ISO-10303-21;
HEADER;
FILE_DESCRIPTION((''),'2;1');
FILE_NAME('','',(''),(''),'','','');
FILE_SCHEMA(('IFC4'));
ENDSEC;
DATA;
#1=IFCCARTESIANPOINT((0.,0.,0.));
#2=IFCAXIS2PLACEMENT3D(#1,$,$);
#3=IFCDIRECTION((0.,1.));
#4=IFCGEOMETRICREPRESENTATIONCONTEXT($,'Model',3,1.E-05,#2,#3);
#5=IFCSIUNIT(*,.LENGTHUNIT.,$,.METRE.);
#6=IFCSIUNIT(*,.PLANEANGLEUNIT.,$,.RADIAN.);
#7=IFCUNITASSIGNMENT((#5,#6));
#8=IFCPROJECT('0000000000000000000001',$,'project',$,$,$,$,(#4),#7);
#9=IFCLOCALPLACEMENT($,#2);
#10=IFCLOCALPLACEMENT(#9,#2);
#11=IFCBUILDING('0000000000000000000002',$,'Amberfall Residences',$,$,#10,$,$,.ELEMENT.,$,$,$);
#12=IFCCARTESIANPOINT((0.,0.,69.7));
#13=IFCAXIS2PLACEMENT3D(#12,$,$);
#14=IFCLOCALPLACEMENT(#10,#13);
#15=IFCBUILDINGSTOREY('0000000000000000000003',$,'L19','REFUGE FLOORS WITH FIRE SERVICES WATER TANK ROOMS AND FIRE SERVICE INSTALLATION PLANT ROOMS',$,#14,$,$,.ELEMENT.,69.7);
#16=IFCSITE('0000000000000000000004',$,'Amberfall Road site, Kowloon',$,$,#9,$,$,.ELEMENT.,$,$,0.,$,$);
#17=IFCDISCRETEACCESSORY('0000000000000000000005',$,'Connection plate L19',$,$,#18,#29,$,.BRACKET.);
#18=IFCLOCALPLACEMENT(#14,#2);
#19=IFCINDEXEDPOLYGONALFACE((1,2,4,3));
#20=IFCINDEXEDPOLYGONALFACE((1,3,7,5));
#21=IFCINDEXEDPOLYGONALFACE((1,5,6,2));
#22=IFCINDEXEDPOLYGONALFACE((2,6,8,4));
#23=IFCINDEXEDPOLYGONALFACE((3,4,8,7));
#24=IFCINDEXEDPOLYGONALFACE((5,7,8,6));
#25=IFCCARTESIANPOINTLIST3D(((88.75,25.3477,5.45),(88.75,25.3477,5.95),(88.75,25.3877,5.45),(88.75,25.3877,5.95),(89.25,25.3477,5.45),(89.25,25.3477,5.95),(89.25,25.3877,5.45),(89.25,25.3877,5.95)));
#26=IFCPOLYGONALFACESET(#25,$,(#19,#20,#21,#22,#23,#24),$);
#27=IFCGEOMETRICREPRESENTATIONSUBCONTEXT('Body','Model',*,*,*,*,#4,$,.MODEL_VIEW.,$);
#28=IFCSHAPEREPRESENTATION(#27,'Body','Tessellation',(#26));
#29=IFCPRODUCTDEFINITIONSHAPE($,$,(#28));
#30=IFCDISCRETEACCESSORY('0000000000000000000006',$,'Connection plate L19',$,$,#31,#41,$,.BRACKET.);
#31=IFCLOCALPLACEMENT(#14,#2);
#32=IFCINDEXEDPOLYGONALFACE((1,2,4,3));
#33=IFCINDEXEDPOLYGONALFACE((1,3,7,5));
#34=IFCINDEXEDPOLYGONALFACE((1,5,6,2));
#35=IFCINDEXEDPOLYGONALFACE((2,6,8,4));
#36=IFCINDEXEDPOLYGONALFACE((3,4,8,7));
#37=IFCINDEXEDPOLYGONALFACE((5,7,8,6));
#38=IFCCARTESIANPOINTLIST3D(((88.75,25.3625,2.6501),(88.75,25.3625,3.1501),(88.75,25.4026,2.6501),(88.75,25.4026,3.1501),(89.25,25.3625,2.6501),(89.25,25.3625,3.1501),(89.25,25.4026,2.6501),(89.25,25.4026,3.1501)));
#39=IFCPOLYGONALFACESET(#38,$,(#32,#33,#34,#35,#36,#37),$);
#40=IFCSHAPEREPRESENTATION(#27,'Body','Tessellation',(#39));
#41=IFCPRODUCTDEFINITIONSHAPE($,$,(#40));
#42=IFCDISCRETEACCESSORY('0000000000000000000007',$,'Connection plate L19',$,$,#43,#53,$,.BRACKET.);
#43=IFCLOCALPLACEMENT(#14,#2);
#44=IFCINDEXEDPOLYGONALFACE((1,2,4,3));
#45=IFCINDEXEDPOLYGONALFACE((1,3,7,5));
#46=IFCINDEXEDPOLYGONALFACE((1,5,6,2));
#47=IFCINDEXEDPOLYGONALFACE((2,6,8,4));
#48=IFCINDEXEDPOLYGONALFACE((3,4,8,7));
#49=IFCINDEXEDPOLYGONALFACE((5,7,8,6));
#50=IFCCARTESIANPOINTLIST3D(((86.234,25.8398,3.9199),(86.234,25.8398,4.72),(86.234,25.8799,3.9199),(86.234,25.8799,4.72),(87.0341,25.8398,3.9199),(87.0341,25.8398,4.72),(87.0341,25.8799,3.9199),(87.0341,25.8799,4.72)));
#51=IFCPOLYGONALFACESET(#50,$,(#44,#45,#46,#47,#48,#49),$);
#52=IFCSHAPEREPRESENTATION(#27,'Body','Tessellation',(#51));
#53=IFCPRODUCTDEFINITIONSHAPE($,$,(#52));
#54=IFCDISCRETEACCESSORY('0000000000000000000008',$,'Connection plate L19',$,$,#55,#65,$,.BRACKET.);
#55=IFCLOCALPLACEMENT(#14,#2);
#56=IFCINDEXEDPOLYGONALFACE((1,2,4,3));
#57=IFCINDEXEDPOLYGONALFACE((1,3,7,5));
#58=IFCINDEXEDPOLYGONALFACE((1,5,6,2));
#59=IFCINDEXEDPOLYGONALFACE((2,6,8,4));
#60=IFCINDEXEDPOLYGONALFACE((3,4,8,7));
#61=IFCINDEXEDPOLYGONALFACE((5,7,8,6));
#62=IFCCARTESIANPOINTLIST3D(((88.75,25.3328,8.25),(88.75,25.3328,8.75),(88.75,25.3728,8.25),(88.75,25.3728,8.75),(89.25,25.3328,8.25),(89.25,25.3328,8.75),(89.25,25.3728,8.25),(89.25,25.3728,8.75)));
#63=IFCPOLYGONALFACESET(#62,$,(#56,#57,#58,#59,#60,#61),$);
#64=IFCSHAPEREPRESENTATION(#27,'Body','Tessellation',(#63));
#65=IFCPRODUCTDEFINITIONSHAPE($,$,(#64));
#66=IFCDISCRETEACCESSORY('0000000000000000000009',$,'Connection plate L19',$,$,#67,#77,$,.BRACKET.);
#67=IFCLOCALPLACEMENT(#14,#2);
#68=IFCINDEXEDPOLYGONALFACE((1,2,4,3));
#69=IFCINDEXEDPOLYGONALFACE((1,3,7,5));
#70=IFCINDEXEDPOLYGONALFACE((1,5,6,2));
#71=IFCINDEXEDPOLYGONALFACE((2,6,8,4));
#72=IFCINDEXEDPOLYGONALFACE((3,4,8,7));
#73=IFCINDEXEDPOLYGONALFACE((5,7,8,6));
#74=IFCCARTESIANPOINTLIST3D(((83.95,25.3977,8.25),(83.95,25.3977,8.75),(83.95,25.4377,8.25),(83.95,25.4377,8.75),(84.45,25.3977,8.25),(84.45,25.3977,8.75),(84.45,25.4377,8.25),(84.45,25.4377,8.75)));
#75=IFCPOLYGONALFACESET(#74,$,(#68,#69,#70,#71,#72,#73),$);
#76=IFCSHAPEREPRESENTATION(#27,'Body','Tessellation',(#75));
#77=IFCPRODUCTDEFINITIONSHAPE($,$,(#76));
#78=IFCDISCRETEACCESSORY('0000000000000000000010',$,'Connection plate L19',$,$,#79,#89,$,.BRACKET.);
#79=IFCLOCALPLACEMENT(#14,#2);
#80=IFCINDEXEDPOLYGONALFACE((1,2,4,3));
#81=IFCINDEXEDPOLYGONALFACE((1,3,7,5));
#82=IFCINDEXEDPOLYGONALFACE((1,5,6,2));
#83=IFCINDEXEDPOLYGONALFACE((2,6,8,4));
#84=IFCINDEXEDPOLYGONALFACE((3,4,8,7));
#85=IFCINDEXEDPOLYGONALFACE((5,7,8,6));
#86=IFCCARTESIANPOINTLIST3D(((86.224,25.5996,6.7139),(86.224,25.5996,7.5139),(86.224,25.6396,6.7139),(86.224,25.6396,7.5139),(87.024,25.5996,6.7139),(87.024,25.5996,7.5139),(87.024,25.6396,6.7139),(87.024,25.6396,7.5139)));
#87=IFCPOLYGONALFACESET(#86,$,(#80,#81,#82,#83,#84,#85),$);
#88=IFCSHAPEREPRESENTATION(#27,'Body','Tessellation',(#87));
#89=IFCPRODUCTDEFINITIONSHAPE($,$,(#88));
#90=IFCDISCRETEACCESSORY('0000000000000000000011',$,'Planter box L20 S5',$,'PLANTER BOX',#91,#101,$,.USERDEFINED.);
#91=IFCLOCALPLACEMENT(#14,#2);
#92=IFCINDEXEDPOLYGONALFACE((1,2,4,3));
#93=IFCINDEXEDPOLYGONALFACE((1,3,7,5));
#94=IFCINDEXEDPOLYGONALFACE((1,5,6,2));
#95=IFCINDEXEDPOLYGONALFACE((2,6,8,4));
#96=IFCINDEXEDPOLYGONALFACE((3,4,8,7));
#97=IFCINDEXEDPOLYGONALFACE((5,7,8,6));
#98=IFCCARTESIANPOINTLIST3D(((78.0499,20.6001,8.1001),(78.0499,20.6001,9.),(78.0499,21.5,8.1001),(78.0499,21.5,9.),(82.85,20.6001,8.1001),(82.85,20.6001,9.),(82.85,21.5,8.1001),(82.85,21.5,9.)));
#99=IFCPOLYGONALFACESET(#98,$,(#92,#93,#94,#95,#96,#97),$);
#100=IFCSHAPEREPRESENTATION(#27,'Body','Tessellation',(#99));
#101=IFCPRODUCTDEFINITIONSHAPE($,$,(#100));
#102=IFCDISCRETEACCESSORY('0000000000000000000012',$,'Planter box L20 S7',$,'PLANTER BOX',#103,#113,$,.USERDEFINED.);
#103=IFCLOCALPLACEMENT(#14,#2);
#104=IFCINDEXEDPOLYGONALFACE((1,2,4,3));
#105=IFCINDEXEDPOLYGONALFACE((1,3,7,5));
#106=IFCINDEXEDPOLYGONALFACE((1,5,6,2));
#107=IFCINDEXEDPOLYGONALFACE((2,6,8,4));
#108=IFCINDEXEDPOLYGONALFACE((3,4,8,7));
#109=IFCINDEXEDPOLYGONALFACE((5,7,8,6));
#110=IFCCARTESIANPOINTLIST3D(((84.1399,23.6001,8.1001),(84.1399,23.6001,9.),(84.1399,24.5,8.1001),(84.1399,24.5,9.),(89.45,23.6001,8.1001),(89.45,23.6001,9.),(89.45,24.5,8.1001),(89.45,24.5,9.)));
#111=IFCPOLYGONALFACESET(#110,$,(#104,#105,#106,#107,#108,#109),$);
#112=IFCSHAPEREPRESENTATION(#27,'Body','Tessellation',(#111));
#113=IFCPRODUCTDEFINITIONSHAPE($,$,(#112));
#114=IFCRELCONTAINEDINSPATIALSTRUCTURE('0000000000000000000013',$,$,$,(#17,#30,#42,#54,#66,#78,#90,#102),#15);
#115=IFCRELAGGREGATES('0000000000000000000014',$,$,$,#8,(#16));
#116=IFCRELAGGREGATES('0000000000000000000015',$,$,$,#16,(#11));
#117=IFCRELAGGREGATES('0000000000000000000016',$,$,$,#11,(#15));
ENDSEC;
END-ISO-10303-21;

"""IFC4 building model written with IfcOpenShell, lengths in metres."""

from ifc_helpers import new_model, si_unit, direction, frame, origin, origin_2d, place, context, subcontext, project, spatial, rectangle, extrude, element, save


model = new_model("IFC4")

# Units and contexts
model_context = context("Model", 3, precision=1e-05, world=origin(), true_north=direction((0.0, 1.0)))
body_context = subcontext(model_context, "Body", "Model", "MODEL_VIEW")
ifc_project = project(units=[si_unit("LENGTHUNIT", "METRE"), si_unit("PLANEANGLEUNIT", "RADIAN")], contexts=[model_context])

# Site, building, storey
site_placement = place(None, origin())
site = spatial("IfcSite", under=ifc_project, at=site_placement, Name="Amberfall Road site, Kowloon", CompositionType="ELEMENT", RefElevation=0.0)
building_placement = place(site_placement, origin())
building = spatial("IfcBuilding", under=site, at=building_placement, Name="Amberfall Residences", CompositionType="ELEMENT")
storey_placement = place(building_placement, frame((0.0, 0.0, 69.7)))
storey = spatial("IfcBuildingStorey", under=building, at=storey_placement, Name="L19", Description="REFUGE FLOORS WITH FIRE SERVICES WATER TANK ROOMS AND FIRE SERVICE INSTALLATION PLANT ROOMS", CompositionType="ELEMENT", Elevation=69.7)

# Discrete accessories
for number, where, z_axis, x_axis, name in (
    (1, (89.0, 25.3677, 5.45), (0.0, 0.0, 1.0), (1.0, 0.0, 0.0), "Connection plate L19"),
    (2, (89.0, 25.3826, 2.6501), (0.0, 0.0, 1.0), (1.0, 0.0, 0.0), "Connection plate L19"),
):
    element("IfcDiscreteAccessory", number, at=place(storey_placement, frame(where, z_axis=z_axis, x_axis=x_axis)), inside=storey, Name=name, PredefinedType="BRACKET", context=body_context, shape_type="SweptSolid", body=[
        extrude(rectangle(XDim=0.5, YDim=0.04, at=origin_2d()), origin(), (0.0, 0.0, 1.0), 0.5),
    ])
discrete_accessory_1_placement = place(storey_placement, frame((86.634, 25.8599, 3.9199), z_axis=(0.0, 0.0, 1.0), x_axis=(1.0, 0.0, 0.0)))
element("IfcDiscreteAccessory", 3, at=discrete_accessory_1_placement, inside=storey, Name="Connection plate L19", PredefinedType="BRACKET", context=body_context, shape_type="SweptSolid", body=[
    extrude(rectangle(XDim=0.8, YDim=0.04, at=origin_2d()), origin(), (0.0, 0.0, 1.0), 0.8),
])
for number, where, z_axis, x_axis, name in (
    (4, (89.0, 25.3528, 8.25), (0.0, 0.0, 1.0), (1.0, 0.0, 0.0), "Connection plate L19"),
    (5, (84.2, 25.4177, 8.25), (0.0, 0.0, 1.0), (1.0, 0.0, 0.0), "Connection plate L19"),
):
    element("IfcDiscreteAccessory", number, at=place(storey_placement, frame(where, z_axis=z_axis, x_axis=x_axis)), inside=storey, Name=name, PredefinedType="BRACKET", context=body_context, shape_type="SweptSolid", body=[
        extrude(rectangle(XDim=0.5, YDim=0.04, at=origin_2d()), origin(), (0.0, 0.0, 1.0), 0.5),
    ])
discrete_accessory_2_placement = place(storey_placement, frame((86.624, 25.6196, 6.7139), z_axis=(0.0, 0.0, 1.0), x_axis=(1.0, 0.0, 0.0)))
element("IfcDiscreteAccessory", 6, at=discrete_accessory_2_placement, inside=storey, Name="Connection plate L19", PredefinedType="BRACKET", context=body_context, shape_type="SweptSolid", body=[
    extrude(rectangle(XDim=0.8, YDim=0.04, at=origin_2d()), origin(), (0.0, 0.0, 1.0), 0.8),
])
discrete_accessory_3_placement = place(storey_placement, frame((80.45, 21.05, 8.1001), z_axis=(0.0, 0.0, 1.0), x_axis=(1.0, 0.0, 0.0)))
element("IfcDiscreteAccessory", 7, at=discrete_accessory_3_placement, inside=storey, Name="Planter box L20 S5", ObjectType="PLANTER BOX", PredefinedType="USERDEFINED", context=body_context, shape_type="SweptSolid", body=[
    extrude(rectangle(XDim=4.8, YDim=0.8999, at=origin_2d()), origin(), (0.0, 0.0, 1.0), 0.8999),
])
discrete_accessory_4_placement = place(storey_placement, frame((86.7949, 24.05, 8.1001), z_axis=(0.0, 0.0, 1.0), x_axis=(1.0, 0.0, 0.0)))
element("IfcDiscreteAccessory", 8, at=discrete_accessory_4_placement, inside=storey, Name="Planter box L20 S7", ObjectType="PLANTER BOX", PredefinedType="USERDEFINED", context=body_context, shape_type="SweptSolid", body=[
    extrude(rectangle(XDim=5.3101, YDim=0.8999, at=origin_2d()), origin(), (0.0, 0.0, 1.0), 0.8999),
])

save(model, "model.ifc")
